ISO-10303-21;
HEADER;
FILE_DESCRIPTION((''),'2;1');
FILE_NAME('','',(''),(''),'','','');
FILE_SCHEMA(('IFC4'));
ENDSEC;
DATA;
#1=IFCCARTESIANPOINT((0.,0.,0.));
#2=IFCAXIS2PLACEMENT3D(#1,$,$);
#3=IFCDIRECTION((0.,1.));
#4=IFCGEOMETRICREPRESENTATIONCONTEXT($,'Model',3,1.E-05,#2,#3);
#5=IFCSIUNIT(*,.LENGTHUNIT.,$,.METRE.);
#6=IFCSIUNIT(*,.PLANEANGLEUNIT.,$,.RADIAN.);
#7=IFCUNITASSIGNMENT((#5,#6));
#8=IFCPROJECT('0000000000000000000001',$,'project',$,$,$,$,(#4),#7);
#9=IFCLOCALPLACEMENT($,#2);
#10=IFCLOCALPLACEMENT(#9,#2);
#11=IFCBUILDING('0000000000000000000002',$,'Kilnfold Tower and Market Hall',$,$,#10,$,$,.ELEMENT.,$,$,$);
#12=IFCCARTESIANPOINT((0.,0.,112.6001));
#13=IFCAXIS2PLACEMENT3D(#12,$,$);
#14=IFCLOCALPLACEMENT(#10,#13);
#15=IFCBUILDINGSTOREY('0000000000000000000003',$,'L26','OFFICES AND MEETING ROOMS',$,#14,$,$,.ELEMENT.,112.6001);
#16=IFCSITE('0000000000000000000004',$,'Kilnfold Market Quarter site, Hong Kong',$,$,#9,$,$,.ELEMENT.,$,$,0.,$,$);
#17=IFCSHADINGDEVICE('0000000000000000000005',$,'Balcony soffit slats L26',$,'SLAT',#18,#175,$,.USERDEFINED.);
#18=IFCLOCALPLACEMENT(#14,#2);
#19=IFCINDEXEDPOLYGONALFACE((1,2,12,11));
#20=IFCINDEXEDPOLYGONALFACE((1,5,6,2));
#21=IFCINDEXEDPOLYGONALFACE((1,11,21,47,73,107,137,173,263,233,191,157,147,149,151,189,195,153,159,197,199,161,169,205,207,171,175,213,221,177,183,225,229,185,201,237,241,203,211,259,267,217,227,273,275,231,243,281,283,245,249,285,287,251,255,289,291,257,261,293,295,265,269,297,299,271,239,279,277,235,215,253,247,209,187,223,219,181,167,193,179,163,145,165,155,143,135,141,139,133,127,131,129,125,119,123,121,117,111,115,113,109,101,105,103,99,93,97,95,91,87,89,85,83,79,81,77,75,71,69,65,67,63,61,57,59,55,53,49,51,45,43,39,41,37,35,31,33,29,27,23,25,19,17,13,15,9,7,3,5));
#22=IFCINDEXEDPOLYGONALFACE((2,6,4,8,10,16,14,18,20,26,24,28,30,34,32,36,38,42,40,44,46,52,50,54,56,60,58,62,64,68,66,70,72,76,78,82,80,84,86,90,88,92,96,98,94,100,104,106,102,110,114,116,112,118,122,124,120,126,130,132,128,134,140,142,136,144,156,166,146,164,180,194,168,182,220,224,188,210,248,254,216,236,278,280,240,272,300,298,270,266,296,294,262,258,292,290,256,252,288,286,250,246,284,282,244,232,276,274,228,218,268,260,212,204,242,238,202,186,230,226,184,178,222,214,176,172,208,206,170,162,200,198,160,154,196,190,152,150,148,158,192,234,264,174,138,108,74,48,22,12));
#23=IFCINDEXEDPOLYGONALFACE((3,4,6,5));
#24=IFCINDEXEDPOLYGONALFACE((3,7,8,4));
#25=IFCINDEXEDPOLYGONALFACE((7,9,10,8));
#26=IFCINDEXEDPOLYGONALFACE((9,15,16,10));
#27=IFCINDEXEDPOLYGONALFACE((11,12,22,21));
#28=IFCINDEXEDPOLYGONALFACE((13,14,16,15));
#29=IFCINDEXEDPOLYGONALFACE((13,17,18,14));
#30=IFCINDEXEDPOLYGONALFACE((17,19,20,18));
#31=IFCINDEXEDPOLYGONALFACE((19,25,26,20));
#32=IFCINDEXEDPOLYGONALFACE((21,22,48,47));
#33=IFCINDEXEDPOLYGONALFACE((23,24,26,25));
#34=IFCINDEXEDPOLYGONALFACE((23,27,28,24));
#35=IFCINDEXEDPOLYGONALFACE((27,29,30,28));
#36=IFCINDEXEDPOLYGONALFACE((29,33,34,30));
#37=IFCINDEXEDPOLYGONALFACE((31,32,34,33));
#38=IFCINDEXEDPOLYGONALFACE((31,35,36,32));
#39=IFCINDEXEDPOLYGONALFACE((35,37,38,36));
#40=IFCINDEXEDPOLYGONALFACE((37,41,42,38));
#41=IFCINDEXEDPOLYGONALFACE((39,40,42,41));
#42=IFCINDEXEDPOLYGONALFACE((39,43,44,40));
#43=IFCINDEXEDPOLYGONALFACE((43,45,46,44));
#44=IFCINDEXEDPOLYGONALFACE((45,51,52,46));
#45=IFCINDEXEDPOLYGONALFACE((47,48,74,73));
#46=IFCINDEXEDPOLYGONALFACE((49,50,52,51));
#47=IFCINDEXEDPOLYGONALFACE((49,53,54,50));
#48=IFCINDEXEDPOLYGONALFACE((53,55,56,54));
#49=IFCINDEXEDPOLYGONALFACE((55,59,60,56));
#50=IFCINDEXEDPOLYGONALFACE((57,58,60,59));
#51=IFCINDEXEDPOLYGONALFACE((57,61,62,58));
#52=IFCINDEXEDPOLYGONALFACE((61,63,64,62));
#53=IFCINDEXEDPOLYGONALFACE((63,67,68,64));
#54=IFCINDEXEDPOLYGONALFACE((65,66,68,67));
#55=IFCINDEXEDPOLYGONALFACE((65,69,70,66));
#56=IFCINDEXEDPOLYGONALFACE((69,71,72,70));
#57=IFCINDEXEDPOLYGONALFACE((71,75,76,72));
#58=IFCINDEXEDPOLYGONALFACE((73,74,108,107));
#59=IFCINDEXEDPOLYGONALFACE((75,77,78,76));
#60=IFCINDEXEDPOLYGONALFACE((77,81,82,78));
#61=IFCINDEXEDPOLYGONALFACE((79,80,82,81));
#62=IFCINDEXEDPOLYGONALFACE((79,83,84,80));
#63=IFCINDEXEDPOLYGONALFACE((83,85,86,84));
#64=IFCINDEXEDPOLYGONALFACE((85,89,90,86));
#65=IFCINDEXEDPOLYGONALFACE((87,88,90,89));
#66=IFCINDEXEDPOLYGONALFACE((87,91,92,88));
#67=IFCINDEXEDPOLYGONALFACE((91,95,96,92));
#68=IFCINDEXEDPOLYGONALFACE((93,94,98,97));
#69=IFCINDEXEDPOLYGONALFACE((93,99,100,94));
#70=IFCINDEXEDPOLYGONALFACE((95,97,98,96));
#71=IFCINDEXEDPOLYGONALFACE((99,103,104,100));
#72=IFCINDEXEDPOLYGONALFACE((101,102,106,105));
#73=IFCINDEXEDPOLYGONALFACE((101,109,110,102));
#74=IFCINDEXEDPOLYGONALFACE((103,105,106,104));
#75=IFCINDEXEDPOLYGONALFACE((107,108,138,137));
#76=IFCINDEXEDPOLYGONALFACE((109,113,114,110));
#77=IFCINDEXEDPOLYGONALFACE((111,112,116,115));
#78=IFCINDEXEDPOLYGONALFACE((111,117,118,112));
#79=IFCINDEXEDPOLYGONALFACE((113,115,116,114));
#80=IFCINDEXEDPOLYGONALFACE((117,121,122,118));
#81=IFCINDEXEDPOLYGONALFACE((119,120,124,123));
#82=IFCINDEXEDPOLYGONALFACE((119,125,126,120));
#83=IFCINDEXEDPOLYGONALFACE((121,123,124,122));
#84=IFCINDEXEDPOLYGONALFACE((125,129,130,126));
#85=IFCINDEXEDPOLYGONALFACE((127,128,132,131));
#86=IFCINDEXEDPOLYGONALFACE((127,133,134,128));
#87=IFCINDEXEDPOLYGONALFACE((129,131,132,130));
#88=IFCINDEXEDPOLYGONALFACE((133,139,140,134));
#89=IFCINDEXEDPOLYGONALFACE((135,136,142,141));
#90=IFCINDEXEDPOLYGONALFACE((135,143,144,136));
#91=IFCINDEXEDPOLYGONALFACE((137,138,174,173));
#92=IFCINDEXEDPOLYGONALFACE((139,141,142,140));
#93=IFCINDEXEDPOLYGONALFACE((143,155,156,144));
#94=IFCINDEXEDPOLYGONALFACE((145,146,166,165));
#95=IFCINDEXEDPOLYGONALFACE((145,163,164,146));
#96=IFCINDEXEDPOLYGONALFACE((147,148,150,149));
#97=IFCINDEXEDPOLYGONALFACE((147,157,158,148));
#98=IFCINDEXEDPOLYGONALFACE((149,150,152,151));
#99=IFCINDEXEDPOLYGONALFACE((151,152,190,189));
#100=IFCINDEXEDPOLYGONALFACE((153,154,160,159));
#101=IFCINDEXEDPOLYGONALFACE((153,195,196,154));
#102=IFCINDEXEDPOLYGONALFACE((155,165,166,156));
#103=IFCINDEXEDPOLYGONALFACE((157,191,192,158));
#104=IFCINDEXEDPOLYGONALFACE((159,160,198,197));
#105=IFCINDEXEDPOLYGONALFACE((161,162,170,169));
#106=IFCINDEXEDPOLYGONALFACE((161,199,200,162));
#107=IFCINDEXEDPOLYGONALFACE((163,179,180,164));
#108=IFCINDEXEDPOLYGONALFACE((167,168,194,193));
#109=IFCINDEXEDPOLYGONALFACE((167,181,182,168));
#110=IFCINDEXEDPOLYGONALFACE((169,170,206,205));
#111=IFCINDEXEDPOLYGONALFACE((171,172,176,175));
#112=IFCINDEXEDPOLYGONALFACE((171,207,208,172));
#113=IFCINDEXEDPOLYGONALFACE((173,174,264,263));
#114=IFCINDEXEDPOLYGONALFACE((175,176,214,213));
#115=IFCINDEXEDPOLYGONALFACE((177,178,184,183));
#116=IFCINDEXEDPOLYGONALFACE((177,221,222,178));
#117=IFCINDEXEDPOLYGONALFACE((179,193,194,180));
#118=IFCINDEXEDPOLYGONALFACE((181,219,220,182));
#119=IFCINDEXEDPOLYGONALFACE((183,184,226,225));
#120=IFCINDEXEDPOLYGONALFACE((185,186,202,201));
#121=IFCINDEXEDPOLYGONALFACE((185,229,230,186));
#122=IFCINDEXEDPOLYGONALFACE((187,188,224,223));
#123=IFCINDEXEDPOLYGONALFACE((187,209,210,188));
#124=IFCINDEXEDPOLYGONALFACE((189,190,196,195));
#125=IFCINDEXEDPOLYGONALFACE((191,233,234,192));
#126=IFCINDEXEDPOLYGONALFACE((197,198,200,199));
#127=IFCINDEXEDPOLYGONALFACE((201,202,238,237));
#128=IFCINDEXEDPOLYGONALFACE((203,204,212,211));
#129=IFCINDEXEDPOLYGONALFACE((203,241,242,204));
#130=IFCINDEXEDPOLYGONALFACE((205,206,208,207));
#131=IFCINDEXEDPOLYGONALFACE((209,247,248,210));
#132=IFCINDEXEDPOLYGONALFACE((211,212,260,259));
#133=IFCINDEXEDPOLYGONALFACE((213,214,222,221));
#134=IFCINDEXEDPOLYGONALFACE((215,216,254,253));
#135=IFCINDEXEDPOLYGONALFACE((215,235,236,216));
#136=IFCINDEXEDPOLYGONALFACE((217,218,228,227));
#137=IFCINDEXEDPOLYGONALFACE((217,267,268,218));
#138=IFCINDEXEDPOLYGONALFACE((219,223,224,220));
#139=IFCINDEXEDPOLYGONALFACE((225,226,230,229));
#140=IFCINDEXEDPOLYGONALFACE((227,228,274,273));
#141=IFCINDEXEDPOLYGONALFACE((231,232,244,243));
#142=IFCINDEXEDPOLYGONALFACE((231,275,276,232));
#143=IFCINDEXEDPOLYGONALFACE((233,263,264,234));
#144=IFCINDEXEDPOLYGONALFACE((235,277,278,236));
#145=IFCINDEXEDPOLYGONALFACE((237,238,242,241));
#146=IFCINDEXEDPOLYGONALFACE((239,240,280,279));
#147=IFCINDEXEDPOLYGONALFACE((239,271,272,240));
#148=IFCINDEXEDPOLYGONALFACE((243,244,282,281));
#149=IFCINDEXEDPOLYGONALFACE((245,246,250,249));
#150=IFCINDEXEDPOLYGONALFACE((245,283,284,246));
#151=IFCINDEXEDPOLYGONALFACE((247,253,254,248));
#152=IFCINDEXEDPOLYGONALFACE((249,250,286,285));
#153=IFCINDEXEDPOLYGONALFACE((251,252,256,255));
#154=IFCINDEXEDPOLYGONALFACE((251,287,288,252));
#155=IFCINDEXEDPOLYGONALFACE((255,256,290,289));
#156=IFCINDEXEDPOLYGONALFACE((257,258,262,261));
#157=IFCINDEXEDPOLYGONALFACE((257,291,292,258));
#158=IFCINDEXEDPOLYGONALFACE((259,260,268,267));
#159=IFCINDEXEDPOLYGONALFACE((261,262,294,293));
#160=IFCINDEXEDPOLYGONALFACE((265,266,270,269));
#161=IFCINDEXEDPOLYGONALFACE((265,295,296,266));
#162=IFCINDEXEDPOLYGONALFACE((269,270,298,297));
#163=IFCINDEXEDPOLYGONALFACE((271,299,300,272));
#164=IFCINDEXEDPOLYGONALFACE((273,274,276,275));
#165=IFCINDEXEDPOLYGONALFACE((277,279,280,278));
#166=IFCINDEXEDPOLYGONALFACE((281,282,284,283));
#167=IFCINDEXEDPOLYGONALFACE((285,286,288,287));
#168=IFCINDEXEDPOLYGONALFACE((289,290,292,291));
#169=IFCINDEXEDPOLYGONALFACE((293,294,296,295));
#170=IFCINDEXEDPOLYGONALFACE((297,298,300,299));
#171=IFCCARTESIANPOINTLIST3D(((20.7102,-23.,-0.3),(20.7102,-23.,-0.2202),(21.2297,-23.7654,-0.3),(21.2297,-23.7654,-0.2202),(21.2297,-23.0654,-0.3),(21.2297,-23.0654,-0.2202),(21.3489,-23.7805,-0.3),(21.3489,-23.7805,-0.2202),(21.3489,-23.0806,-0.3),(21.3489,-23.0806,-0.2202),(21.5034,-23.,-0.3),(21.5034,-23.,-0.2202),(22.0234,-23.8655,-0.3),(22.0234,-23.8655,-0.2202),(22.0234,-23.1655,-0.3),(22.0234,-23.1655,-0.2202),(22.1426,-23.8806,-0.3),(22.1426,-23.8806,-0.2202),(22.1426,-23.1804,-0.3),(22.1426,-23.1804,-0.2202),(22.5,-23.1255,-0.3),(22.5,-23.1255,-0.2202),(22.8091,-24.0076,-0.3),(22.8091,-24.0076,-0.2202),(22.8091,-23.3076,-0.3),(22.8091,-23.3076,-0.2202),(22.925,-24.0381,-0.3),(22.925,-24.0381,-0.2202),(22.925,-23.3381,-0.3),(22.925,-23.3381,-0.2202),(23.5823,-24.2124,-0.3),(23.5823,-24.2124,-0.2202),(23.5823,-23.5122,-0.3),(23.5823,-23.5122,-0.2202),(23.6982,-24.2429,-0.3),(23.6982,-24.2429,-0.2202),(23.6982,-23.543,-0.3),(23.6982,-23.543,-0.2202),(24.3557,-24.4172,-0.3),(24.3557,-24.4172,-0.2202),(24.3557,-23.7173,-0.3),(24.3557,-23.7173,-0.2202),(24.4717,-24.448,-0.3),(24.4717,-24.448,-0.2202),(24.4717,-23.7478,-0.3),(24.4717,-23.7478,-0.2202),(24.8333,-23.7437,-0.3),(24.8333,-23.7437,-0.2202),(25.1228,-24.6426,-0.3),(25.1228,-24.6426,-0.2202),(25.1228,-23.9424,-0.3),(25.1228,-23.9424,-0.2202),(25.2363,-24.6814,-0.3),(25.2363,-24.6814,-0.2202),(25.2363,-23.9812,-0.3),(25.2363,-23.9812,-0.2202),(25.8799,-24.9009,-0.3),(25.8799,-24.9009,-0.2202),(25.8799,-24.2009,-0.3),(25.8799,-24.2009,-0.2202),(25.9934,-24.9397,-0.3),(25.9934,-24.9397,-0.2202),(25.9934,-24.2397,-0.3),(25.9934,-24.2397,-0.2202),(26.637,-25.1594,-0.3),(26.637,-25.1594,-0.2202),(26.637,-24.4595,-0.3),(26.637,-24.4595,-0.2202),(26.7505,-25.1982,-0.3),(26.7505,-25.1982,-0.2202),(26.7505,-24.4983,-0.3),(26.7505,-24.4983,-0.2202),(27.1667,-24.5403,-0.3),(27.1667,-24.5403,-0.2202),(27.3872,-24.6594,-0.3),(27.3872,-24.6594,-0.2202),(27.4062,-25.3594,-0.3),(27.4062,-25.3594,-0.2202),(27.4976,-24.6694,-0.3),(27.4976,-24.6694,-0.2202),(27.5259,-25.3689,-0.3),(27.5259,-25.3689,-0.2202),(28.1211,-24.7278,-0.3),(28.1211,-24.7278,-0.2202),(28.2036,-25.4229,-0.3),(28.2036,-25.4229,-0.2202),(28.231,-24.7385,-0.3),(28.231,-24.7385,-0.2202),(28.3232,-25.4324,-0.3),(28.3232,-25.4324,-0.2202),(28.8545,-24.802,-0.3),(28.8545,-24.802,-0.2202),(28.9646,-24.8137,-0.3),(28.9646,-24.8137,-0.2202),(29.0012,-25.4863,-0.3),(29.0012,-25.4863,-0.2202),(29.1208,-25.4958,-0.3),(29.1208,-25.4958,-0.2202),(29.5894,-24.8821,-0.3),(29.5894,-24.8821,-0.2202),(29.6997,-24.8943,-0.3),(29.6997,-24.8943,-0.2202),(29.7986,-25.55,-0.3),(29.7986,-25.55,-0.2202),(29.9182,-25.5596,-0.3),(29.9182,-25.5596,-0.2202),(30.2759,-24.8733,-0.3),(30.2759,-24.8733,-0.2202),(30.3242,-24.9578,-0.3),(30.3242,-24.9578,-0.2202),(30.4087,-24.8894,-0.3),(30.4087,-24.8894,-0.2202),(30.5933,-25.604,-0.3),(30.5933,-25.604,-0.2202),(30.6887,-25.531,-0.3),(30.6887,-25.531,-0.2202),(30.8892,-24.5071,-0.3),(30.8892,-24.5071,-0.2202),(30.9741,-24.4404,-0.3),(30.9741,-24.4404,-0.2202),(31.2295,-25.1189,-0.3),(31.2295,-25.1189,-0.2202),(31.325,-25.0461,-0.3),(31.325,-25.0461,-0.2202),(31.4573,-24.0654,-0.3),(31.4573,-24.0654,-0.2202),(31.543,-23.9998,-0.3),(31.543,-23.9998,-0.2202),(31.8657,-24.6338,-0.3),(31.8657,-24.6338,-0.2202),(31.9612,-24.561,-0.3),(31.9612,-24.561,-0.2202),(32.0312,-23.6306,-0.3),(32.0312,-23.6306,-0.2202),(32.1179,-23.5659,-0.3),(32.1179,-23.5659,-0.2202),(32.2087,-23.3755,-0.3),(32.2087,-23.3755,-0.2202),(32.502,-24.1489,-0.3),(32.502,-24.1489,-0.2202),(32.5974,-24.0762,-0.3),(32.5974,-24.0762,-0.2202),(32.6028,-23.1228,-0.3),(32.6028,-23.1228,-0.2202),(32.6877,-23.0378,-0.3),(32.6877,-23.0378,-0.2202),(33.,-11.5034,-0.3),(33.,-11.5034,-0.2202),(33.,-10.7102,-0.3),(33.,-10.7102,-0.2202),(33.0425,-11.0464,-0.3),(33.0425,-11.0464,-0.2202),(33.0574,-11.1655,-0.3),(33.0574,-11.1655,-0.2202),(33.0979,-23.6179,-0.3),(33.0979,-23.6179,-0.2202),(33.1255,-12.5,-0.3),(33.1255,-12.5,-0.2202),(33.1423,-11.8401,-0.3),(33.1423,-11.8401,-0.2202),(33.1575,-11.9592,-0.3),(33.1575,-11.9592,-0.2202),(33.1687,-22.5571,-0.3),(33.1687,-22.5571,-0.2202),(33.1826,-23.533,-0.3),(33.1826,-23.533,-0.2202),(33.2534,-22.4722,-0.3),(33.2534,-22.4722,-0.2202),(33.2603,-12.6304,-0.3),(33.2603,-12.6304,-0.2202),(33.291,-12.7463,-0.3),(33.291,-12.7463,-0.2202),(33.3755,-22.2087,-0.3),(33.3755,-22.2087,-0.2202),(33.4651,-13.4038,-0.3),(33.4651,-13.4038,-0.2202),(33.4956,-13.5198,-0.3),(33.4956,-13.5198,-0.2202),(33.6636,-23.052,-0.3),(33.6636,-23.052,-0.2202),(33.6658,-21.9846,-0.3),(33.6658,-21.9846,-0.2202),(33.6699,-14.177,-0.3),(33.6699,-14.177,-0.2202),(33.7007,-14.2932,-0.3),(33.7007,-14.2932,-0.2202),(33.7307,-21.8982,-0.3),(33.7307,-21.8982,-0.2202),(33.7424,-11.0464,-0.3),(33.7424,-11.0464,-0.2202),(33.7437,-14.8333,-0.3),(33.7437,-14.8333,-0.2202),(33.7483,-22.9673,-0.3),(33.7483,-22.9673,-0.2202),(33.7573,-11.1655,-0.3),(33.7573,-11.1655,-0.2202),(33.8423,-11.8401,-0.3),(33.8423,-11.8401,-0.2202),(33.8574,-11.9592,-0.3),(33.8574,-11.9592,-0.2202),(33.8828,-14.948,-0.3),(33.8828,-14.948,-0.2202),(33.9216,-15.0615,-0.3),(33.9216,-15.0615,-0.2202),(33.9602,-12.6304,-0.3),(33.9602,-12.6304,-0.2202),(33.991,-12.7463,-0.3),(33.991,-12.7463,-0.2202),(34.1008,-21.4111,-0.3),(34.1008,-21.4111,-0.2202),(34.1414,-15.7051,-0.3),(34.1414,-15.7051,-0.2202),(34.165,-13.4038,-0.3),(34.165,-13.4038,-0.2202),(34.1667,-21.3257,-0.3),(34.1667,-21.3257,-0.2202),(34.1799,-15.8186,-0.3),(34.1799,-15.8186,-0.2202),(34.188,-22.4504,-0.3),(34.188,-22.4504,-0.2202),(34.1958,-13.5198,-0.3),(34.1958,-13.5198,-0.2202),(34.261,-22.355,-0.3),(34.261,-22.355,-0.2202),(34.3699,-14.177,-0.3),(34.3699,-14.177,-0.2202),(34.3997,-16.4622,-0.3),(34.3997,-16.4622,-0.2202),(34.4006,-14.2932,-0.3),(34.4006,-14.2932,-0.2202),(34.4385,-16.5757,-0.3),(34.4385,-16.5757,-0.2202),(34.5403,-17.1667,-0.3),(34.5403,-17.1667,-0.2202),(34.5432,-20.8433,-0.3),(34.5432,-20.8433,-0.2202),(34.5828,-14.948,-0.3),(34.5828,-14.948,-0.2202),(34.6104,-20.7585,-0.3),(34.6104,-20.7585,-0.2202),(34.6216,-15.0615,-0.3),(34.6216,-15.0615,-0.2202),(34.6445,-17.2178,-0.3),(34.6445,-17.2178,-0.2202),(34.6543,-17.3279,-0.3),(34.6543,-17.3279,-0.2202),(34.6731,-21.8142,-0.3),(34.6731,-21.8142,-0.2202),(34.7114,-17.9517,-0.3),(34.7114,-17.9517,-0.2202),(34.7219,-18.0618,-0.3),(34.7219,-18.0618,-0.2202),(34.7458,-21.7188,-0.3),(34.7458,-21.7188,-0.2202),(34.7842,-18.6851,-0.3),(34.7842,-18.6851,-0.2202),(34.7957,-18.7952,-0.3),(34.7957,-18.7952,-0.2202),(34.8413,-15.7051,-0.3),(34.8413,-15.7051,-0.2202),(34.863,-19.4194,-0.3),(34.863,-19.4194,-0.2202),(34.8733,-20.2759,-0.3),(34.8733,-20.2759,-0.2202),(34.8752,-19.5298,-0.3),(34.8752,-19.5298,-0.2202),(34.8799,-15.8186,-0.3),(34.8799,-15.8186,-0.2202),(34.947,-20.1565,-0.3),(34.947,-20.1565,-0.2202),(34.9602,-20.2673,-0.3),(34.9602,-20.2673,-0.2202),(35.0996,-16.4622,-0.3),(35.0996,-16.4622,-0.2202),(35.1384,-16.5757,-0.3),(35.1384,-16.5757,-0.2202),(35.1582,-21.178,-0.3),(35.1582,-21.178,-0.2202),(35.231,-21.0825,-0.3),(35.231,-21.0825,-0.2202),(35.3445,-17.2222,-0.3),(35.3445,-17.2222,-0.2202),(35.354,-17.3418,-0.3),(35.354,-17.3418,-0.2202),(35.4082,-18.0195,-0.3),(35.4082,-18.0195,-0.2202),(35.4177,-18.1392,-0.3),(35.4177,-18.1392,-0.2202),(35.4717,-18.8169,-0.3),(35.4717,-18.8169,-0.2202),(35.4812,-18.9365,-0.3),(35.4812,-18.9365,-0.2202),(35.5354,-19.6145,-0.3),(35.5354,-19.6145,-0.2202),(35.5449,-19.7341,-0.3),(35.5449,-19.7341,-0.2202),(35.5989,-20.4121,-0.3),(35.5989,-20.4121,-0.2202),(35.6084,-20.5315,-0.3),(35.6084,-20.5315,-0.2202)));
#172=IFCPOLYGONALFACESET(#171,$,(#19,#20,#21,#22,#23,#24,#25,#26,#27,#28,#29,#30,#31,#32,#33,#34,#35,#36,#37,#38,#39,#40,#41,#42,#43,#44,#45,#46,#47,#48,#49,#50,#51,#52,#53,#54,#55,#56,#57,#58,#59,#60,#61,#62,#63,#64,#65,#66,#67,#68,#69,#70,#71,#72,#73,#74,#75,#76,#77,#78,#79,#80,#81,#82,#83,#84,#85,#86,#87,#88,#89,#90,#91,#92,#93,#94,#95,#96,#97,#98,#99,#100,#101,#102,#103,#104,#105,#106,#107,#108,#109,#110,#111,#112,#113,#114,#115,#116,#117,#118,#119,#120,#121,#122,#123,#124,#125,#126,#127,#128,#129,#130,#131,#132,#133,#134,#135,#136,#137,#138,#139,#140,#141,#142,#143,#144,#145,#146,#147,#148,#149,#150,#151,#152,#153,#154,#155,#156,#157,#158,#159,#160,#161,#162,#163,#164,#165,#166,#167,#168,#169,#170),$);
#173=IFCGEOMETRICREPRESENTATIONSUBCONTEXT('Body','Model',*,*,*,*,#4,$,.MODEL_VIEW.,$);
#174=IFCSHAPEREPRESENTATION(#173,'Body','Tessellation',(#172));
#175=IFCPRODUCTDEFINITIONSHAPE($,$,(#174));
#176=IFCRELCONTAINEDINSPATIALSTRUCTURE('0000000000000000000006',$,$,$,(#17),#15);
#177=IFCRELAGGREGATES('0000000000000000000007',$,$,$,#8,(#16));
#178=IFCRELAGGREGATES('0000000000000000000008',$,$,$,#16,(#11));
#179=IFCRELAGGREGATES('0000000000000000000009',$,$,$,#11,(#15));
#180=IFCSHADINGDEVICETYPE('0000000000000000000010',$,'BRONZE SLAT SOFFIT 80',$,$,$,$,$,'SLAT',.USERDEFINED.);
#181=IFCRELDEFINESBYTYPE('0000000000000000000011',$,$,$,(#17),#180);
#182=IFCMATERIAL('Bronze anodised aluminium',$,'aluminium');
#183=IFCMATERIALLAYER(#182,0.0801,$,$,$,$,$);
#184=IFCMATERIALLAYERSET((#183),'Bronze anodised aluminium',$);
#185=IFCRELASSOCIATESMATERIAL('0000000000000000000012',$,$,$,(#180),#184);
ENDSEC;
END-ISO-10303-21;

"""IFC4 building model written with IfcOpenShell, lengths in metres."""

from ifc_helpers import new_model, si_unit, direction, frame, origin, place, context, subcontext, project, spatial, polyline, outline, extrude, source, transform, mapped, material, layer, layer_set, type_object, element, save


model = new_model("IFC4")

# Units and contexts
model_context = context("Model", 3, precision=1e-05, world=origin(), true_north=direction((0.0, 1.0)))
body_context = subcontext(model_context, "Body", "Model", "MODEL_VIEW")
ifc_project = project(units=[si_unit("LENGTHUNIT", "METRE"), si_unit("PLANEANGLEUNIT", "RADIAN")], contexts=[model_context])

# Site, building, storey
site_placement = place(None, origin())
site = spatial("IfcSite", under=ifc_project, at=site_placement, Name="Kilnfold Market Quarter site, Hong Kong", CompositionType="ELEMENT", RefElevation=0.0)
building_placement = place(site_placement, origin())
building = spatial("IfcBuilding", under=site, at=building_placement, Name="Kilnfold Tower and Market Hall", CompositionType="ELEMENT")
storey_placement = place(building_placement, frame((0.0, 0.0, 112.6001)))
storey = spatial("IfcBuildingStorey", under=building, at=storey_placement, Name="L26", Description="OFFICES AND MEETING ROOMS", CompositionType="ELEMENT", Elevation=112.6001)

# Shading device
ifc_material_1 = material(Name="Bronze anodised aluminium", Category="aluminium")
ifc_layer_1 = layer(ifc_material_1, 0.0801)
ifc_layer_set_1 = layer_set([ifc_layer_1], Name="Bronze anodised aluminium")
shading_device_type_1 = type_object("IfcShadingDeviceType", Name="BRONZE SLAT SOFFIT 80", ElementType="SLAT", PredefinedType="USERDEFINED", material=ifc_layer_set_1)
shared_shape_1 = source(origin(), body_context, "Body", "SweptSolid", [
    extrude(outline(polyline([(22.5, -23.1255), (24.8333, -23.7437), (27.1667, -24.5403), (30.2759, -24.8733), (32.2087, -23.3755), (33.3755, -22.2087), (34.8733, -20.2759), (34.5403, -17.1667), (33.7437, -14.8333), (33.1255, -12.5), (33.0, -11.5034), (33.0, -10.7102), (33.0425, -11.0464), (33.7424, -11.0464), (33.7573, -11.1655), (33.0574, -11.1655), (33.1423, -11.8401), (33.8423, -11.8401), (33.8574, -11.9592), (33.1575, -11.9592), (33.2603, -12.6304), (33.9602, -12.6304), (33.991, -12.7463), (33.291, -12.7463), (33.4651, -13.4038), (34.165, -13.4038), (34.1958, -13.5198), (33.4956, -13.5198), (33.6699, -14.177), (34.3699, -14.177), (34.4006, -14.2932), (33.7007, -14.2932), (33.8828, -14.948), (34.5828, -14.948), (34.6216, -15.0615), (33.9216, -15.0615), (34.1414, -15.7051), (34.8413, -15.7051), (34.8799, -15.8186), (34.1799, -15.8186), (34.3997, -16.4622), (35.0996, -16.4622), (35.1384, -16.5757), (34.4385, -16.5757), (34.6445, -17.2178), (35.3445, -17.2222), (35.354, -17.3418), (34.6543, -17.3279), (34.7114, -17.9517), (35.4082, -18.0195), (35.4177, -18.1392), (34.7219, -18.0618), (34.7842, -18.6851), (35.4717, -18.8169), (35.4812, -18.9365), (34.7957, -18.7952), (34.863, -19.4194), (35.5354, -19.6145), (35.5449, -19.7341), (34.8752, -19.5298), (34.947, -20.1565), (35.5989, -20.4121), (35.6084, -20.5315), (34.9602, -20.2673), (34.6104, -20.7585), (35.231, -21.0825), (35.1582, -21.178), (34.5432, -20.8433), (34.1667, -21.3257), (34.7458, -21.7188), (34.6731, -21.8142), (34.1008, -21.4111), (33.7307, -21.8982), (34.261, -22.355), (34.188, -22.4504), (33.6658, -21.9846), (33.2534, -22.4722), (33.7483, -22.9673), (33.6636, -23.052), (33.1687, -22.5571), (32.6877, -23.0378), (33.1826, -23.533), (33.0979, -23.6179), (32.6028, -23.1228), (32.1179, -23.5659), (32.5974, -24.0762), (32.502, -24.1489), (32.0312, -23.6306), (31.543, -23.9998), (31.9612, -24.561), (31.8657, -24.6338), (31.4573, -24.0654), (30.9741, -24.4404), (31.325, -25.0461), (31.2295, -25.1189), (30.8892, -24.5071), (30.4087, -24.8894), (30.6887, -25.531), (30.5933, -25.604), (30.3242, -24.9578), (29.6997, -24.8943), (29.9182, -25.5596), (29.7986, -25.55), (29.5894, -24.8821), (28.9646, -24.8137), (29.1208, -25.4958), (29.0012, -25.4863), (28.8545, -24.802), (28.231, -24.7385), (28.3232, -25.4324), (28.2036, -25.4229), (28.1211, -24.7278), (27.4976, -24.6694), (27.5259, -25.3689), (27.4062, -25.3594), (27.3872, -24.6594), (26.7505, -24.4983), (26.7505, -25.1982), (26.637, -25.1594), (26.637, -24.4595), (25.9934, -24.2397), (25.9934, -24.9397), (25.8799, -24.9009), (25.8799, -24.2009), (25.2363, -23.9812), (25.2363, -24.6814), (25.1228, -24.6426), (25.1228, -23.9424), (24.4717, -23.7478), (24.4717, -24.448), (24.3557, -24.4172), (24.3557, -23.7173), (23.6982, -23.543), (23.6982, -24.2429), (23.5823, -24.2124), (23.5823, -23.5122), (22.925, -23.3381), (22.925, -24.0381), (22.8091, -24.0076), (22.8091, -23.3076), (22.1426, -23.1804), (22.1426, -23.8806), (22.0234, -23.8655), (22.0234, -23.1655), (21.3489, -23.0806), (21.3489, -23.7805), (21.2297, -23.7654), (21.2297, -23.0654), (20.7102, -23.0), (21.5034, -23.0), (22.5, -23.1255)])), origin(), (0.0, 0.0, 1.0), 0.0798),
])
shading_device_1_placement = place(storey_placement, frame((0.0, 0.0, -0.3)))
element("IfcShadingDevice", 1, at=shading_device_1_placement, inside=storey, type_object=shading_device_type_1, Name="Balcony soffit slats L26", ObjectType="SLAT", PredefinedType="USERDEFINED", context=body_context, shape_type="MappedRepresentation", body=[
    mapped(shared_shape_1, transform((0.0, 0.0, 0.0))),
])

save(model, "model.ifc")
